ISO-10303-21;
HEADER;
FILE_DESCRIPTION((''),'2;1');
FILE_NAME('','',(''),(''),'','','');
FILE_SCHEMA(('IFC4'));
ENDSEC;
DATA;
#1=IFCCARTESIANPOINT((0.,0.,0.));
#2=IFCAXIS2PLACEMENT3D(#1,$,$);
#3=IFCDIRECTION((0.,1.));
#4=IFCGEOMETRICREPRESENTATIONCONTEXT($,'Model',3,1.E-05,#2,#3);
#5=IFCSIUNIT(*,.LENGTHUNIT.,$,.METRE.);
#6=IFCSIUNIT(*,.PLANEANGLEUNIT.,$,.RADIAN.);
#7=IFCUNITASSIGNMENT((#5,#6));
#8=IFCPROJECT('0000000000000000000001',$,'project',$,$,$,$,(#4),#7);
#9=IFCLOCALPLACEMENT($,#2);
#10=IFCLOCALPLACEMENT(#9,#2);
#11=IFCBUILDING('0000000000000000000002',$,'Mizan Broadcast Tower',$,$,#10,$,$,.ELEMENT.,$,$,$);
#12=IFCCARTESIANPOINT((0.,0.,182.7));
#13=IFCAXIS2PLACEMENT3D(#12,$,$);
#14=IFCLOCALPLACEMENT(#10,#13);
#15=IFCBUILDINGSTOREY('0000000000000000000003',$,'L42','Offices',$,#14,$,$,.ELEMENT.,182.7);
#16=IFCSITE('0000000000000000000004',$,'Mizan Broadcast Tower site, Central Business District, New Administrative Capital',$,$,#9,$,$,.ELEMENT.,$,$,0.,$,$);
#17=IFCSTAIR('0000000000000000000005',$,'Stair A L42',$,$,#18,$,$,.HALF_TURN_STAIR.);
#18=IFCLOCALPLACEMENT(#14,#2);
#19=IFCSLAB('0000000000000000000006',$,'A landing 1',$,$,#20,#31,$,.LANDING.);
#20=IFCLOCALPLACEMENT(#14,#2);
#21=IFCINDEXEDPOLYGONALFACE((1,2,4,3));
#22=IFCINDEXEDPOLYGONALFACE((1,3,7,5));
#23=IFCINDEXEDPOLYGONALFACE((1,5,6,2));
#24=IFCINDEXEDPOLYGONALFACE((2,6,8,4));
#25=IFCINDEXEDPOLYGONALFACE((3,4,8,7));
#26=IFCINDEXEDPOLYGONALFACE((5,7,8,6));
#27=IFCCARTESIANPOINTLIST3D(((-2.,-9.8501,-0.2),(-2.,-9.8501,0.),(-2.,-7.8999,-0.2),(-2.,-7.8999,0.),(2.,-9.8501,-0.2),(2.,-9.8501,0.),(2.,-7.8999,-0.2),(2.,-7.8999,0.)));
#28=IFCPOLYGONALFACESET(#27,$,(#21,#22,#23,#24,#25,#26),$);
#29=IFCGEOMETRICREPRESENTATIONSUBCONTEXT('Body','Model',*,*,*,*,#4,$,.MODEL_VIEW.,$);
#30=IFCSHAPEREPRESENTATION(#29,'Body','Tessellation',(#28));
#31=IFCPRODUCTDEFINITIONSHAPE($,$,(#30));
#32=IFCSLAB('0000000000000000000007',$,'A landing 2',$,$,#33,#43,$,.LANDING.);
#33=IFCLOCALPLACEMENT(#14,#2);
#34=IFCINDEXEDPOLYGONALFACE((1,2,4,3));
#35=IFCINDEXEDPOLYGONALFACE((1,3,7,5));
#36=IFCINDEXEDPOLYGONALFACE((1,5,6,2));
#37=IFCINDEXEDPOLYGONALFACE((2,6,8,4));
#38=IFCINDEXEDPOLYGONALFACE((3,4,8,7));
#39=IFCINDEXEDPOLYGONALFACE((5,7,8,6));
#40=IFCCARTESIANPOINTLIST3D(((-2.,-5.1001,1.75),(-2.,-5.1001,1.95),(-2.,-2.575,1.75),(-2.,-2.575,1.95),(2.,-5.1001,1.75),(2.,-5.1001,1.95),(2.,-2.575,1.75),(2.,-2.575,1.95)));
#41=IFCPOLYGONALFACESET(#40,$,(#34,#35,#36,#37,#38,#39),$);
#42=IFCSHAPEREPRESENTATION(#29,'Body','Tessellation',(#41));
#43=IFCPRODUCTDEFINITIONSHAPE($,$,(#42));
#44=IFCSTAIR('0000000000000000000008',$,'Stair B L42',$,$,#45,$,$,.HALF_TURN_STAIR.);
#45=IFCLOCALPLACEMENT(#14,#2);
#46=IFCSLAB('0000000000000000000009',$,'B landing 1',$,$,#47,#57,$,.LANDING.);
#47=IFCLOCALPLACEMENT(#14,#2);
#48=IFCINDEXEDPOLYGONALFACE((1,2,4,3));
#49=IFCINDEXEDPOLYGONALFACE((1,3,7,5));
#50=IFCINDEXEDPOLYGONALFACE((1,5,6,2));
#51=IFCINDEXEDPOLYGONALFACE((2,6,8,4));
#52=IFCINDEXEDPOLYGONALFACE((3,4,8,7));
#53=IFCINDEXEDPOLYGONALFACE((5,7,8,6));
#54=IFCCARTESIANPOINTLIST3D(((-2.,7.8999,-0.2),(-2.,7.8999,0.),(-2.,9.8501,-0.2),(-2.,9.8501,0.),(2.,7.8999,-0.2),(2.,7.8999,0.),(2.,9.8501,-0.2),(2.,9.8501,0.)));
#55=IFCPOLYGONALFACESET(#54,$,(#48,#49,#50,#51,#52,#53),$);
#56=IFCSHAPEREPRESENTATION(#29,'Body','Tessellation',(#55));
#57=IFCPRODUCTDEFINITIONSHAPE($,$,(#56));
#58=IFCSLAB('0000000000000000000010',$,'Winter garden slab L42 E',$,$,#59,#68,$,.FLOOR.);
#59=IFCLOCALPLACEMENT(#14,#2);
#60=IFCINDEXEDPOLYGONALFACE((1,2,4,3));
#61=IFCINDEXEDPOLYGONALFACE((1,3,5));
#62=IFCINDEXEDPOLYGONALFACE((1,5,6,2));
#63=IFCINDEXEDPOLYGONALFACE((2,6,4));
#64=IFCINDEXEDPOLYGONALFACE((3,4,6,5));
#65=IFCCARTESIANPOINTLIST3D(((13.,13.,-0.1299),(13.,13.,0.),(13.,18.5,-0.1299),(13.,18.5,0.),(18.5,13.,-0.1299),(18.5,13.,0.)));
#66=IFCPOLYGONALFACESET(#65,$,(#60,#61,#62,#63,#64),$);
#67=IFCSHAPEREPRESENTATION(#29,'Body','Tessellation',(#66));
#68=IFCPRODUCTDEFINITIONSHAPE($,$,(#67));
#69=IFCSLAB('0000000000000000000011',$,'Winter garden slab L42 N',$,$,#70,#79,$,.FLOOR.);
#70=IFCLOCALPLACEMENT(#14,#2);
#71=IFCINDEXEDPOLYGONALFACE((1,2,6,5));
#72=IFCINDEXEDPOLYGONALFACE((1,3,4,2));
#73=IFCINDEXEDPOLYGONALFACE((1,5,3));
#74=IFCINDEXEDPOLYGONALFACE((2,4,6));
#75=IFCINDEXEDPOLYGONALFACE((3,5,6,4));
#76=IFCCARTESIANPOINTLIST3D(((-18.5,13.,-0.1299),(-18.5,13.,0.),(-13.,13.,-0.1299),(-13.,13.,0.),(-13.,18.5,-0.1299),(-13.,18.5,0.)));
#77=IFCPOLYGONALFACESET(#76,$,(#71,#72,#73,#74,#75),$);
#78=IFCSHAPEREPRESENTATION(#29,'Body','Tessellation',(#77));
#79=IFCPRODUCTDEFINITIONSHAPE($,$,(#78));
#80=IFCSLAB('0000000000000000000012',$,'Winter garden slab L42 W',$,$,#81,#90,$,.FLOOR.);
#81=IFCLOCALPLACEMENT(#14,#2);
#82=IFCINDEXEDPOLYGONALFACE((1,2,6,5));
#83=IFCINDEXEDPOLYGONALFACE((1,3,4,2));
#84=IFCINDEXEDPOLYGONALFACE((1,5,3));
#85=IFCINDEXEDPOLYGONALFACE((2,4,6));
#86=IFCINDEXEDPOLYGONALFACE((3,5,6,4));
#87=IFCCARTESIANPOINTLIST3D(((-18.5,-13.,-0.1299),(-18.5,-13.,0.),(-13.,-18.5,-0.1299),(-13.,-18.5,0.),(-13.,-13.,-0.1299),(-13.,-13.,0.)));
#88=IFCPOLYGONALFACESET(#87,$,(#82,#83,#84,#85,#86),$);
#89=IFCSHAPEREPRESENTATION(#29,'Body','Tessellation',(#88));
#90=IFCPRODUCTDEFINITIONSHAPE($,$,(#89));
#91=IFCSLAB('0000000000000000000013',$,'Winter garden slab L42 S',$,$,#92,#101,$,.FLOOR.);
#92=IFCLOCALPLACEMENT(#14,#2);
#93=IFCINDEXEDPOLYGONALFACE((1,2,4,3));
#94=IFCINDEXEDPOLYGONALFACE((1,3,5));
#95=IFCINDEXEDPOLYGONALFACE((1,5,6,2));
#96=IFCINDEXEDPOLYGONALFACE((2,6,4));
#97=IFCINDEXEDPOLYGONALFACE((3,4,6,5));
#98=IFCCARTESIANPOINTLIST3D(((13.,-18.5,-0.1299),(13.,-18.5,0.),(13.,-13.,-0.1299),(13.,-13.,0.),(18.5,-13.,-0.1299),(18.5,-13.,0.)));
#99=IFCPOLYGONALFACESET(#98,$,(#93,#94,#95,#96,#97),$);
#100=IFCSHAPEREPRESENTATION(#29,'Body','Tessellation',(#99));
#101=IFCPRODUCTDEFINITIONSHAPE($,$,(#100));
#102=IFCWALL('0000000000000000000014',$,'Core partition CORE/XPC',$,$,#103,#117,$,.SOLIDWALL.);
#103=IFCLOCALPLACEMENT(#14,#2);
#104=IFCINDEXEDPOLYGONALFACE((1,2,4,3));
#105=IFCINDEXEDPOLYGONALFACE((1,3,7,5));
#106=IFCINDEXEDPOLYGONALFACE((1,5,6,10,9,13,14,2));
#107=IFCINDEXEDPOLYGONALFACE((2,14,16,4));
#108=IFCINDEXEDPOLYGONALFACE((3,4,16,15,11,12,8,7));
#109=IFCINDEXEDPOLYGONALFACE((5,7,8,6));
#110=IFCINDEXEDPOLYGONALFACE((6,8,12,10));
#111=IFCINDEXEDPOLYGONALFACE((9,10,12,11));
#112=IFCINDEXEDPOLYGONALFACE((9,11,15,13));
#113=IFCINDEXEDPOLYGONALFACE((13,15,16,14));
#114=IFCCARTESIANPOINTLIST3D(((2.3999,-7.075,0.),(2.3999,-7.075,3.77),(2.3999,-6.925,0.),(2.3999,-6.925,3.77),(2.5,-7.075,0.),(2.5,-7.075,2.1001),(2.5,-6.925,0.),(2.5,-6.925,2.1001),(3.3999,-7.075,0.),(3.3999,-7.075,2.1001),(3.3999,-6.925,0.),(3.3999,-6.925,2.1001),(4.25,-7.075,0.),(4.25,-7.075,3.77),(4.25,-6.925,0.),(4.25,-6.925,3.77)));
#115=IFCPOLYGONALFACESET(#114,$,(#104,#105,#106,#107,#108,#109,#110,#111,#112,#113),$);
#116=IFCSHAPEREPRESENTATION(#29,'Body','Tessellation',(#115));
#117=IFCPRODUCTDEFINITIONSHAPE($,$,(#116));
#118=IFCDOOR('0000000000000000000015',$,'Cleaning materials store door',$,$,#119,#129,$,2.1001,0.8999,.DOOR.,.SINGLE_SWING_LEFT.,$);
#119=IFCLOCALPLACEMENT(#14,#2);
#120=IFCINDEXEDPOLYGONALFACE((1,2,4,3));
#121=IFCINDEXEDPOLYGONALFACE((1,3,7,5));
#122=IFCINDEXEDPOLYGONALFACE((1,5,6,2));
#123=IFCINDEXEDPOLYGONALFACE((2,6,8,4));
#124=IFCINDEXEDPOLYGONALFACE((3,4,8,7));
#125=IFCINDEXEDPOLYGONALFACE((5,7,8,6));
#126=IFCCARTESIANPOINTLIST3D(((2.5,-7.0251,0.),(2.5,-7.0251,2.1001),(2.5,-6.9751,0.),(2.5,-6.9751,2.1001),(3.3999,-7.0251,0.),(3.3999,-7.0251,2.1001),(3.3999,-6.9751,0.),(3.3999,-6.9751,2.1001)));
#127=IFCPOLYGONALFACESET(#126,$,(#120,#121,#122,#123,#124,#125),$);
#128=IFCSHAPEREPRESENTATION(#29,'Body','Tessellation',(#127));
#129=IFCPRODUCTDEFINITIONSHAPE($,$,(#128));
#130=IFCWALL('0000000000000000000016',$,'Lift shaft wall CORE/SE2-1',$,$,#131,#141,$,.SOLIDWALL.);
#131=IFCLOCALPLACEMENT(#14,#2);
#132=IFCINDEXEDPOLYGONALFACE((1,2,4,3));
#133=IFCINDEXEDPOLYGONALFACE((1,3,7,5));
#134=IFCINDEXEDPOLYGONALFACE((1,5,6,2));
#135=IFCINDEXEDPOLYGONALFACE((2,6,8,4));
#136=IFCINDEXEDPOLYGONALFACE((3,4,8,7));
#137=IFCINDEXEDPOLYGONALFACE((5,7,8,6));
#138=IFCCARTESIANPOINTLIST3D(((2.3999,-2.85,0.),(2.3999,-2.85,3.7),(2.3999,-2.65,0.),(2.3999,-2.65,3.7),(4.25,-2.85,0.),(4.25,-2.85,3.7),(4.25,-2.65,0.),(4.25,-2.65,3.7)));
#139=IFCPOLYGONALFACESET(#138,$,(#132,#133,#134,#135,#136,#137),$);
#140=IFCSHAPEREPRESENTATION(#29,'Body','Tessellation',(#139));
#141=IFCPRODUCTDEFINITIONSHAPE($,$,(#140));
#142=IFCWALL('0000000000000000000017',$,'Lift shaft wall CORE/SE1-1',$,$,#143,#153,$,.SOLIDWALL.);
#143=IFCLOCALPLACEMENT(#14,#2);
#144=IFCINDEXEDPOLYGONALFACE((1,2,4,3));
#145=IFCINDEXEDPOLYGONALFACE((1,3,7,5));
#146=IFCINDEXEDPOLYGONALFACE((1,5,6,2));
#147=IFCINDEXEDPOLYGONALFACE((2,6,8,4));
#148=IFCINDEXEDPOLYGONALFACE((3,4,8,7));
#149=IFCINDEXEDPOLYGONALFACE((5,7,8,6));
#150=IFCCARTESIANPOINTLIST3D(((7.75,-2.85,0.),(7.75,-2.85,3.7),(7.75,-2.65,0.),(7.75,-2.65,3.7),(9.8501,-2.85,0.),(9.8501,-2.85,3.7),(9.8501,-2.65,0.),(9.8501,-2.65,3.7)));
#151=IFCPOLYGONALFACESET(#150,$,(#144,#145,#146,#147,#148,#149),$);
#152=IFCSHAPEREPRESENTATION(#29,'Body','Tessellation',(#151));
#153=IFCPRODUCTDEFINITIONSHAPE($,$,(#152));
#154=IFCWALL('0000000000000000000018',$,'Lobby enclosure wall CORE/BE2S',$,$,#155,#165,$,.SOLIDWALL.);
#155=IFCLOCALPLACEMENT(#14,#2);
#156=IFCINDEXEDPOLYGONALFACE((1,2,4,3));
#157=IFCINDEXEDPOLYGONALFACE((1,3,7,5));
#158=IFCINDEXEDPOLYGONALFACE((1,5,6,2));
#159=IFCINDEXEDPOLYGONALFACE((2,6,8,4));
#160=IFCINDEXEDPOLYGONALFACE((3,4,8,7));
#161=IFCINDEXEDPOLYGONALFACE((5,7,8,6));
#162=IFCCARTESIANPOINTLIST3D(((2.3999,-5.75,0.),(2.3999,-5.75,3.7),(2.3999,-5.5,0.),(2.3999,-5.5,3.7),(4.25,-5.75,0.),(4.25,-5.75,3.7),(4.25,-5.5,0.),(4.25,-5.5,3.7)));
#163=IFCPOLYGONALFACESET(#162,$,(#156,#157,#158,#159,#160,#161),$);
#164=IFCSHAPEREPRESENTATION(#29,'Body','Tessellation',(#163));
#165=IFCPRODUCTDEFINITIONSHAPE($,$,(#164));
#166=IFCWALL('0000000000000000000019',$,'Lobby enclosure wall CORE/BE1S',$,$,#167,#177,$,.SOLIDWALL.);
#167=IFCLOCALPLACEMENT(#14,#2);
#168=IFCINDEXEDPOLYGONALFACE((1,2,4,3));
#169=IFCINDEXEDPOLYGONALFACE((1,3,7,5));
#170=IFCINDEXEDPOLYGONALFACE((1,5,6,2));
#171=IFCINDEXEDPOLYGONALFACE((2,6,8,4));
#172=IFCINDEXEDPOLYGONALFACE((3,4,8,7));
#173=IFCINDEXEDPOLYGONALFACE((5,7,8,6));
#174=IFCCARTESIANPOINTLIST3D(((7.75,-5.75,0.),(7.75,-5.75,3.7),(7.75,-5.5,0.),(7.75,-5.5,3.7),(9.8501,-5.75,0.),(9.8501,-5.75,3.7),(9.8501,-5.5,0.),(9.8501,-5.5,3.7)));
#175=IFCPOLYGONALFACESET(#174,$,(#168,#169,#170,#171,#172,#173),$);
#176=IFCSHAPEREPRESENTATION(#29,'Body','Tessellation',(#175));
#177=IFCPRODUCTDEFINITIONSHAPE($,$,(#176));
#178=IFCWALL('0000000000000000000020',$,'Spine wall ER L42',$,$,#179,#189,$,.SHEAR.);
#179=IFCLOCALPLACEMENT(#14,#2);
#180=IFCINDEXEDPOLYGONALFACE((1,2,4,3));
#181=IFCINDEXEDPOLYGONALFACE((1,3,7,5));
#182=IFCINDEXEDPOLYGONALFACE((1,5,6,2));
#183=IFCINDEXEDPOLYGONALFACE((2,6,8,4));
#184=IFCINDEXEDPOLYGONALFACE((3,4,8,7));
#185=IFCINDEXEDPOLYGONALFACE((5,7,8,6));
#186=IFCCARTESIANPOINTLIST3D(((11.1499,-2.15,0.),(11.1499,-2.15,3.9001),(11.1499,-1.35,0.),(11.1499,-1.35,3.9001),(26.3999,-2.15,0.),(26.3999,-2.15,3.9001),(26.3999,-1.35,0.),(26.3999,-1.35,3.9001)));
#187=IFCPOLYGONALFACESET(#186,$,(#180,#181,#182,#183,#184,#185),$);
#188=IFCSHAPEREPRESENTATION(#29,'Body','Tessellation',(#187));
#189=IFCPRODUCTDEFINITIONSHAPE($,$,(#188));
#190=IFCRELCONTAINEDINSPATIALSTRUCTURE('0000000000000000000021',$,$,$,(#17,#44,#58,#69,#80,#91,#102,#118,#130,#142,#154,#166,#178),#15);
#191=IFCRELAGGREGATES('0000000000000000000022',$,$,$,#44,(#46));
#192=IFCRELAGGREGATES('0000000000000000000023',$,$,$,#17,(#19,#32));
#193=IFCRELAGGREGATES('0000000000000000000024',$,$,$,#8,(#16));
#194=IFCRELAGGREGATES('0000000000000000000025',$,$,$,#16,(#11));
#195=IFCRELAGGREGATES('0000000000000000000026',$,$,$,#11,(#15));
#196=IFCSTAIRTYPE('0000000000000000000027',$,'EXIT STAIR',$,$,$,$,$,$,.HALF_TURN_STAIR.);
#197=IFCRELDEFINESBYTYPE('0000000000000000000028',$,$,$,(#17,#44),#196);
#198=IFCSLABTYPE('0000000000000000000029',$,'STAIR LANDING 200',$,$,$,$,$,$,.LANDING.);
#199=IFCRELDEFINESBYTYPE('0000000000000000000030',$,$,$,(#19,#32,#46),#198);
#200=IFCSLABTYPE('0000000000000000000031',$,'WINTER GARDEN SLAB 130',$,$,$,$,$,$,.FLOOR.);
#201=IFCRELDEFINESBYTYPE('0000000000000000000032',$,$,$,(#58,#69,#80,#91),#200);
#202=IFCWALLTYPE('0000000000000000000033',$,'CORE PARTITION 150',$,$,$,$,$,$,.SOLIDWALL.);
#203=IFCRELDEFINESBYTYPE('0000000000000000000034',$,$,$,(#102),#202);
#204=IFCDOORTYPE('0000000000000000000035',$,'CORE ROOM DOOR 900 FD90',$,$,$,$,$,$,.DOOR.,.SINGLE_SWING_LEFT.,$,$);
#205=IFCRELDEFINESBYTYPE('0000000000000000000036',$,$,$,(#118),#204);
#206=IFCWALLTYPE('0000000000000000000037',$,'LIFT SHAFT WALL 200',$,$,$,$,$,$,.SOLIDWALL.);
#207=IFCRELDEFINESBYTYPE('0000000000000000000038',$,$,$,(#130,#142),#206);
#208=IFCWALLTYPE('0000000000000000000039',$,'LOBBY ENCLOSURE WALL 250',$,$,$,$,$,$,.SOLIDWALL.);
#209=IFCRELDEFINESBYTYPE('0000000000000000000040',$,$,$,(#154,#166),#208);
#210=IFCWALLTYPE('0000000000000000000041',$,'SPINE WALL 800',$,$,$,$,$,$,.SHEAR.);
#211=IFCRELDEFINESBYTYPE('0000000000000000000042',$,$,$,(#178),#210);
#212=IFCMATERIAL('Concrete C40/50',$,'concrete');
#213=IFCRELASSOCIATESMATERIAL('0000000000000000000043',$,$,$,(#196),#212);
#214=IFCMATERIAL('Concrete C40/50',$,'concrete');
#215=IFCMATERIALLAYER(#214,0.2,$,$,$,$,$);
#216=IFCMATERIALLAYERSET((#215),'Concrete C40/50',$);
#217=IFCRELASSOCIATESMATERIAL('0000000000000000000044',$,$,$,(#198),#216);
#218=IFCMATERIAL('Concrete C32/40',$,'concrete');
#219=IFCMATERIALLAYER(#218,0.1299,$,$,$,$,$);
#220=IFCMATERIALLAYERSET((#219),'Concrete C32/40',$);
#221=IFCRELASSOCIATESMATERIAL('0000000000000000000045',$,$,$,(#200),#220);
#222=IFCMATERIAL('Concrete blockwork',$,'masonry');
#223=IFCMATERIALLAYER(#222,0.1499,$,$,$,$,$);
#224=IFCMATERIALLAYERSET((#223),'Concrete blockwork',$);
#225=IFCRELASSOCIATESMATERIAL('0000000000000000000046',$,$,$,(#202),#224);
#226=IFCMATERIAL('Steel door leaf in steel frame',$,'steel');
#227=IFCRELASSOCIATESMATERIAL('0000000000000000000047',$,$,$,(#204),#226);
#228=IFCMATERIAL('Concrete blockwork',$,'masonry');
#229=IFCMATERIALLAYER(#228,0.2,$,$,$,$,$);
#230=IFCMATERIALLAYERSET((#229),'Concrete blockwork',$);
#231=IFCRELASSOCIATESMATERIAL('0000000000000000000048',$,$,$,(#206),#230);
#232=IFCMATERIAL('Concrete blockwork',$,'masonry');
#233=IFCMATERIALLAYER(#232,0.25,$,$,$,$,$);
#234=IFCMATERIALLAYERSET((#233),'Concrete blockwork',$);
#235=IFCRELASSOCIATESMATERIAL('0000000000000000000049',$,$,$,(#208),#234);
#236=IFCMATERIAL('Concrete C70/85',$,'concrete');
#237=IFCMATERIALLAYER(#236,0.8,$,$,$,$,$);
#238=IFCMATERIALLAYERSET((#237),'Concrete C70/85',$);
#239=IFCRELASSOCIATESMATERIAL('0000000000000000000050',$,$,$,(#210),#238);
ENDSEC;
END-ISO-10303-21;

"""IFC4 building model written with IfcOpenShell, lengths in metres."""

from ifc_helpers import new_model, si_unit, direction, frame, frame_2d, origin, place, context, subcontext, project, spatial, polyline, rectangle, outline, extrude, material, layer, layer_set, type_object, element, fill, aggregate, save


model = new_model("IFC4")

# Units and contexts
model_context = context("Model", 3, precision=1e-05, world=origin(), true_north=direction((0.0, 1.0)))
body_context = subcontext(model_context, "Body", "Model", "MODEL_VIEW")
ifc_project = project(units=[si_unit("LENGTHUNIT", "METRE"), si_unit("PLANEANGLEUNIT", "RADIAN")], contexts=[model_context])

# Site, building, storey
site_placement = place(None, origin())
site = spatial("IfcSite", under=ifc_project, at=site_placement, Name="Mizan Broadcast Tower site, Central Business District, New Administrative Capital", CompositionType="ELEMENT", RefElevation=0.0)
building_placement = place(site_placement, origin())
building = spatial("IfcBuilding", under=site, at=building_placement, Name="Mizan Broadcast Tower", CompositionType="ELEMENT")
storey_placement = place(building_placement, frame((0.0, 0.0, 182.7)))
storey = spatial("IfcBuildingStorey", under=building, at=storey_placement, Name="L42", Description="Offices", CompositionType="ELEMENT", Elevation=182.7)

# Stair, slabs
ifc_material_1 = material(Name="Concrete C40/50", Category="concrete")
stair_type = type_object("IfcStairType", Name="EXIT STAIR", PredefinedType="HALF_TURN_STAIR", material=ifc_material_1)
stair_1_placement = place(storey_placement, origin())
stair_1 = element("IfcStair", 1, at=stair_1_placement, inside=storey, type_object=stair_type, Name="Stair A L42", PredefinedType="HALF_TURN_STAIR")
ifc_material_2 = material(Name="Concrete C40/50", Category="concrete")
ifc_layer_1 = layer(ifc_material_2, 0.2)
ifc_layer_set_1 = layer_set([ifc_layer_1], Name="Concrete C40/50")
slab_type_1 = type_object("IfcSlabType", Name="STAIR LANDING 200", PredefinedType="LANDING", material=ifc_layer_set_1)
slab_1_placement = place(storey_placement, frame((0.0, 0.0, -0.2)))
slab_1 = element("IfcSlab", 2, at=slab_1_placement, type_object=slab_type_1, Name="A landing 1", PredefinedType="LANDING", context=body_context, shape_type="SweptSolid", body=[
    extrude(outline(polyline([(-2.0, -9.8501), (-2.0, -7.8999), (2.0, -7.8999), (2.0, -9.8501), (-2.0, -9.8501)])), origin(), (0.0, 0.0, 1.0), 0.2),
])
slab_2_placement = place(storey_placement, frame((0.0, 0.0, 1.75)))
slab_2 = element("IfcSlab", 3, at=slab_2_placement, type_object=slab_type_1, Name="A landing 2", PredefinedType="LANDING", context=body_context, shape_type="SweptSolid", body=[
    extrude(outline(polyline([(-2.0, -5.1001), (-2.0, -2.575), (2.0, -2.575), (2.0, -5.1001), (-2.0, -5.1001)])), origin(), (0.0, 0.0, 1.0), 0.2),
])

# Stair, slab
stair_2_placement = place(storey_placement, origin())
stair_2 = element("IfcStair", 4, at=stair_2_placement, inside=storey, type_object=stair_type, Name="Stair B L42", PredefinedType="HALF_TURN_STAIR")
slab_3_placement = place(storey_placement, frame((0.0, 0.0, -0.2)))
slab_3 = element("IfcSlab", 5, at=slab_3_placement, type_object=slab_type_1, Name="B landing 1", PredefinedType="LANDING", context=body_context, shape_type="SweptSolid", body=[
    extrude(outline(polyline([(2.0, 9.8501), (2.0, 7.8999), (-2.0, 7.8999), (-2.0, 9.8501), (2.0, 9.8501)])), origin(), (0.0, 0.0, 1.0), 0.2),
])
aggregate(stair_2, [slab_3])

# Slabs
ifc_material_3 = material(Name="Concrete C32/40", Category="concrete")
ifc_layer_2 = layer(ifc_material_3, 0.1299)
ifc_layer_set_2 = layer_set([ifc_layer_2], Name="Concrete C32/40")
slab_type_2 = type_object("IfcSlabType", Name="WINTER GARDEN SLAB 130", PredefinedType="FLOOR", material=ifc_layer_set_2)
slab_4_placement = place(storey_placement, frame((0.0, 0.0, -0.1299)))
element("IfcSlab", 6, at=slab_4_placement, inside=storey, type_object=slab_type_2, Name="Winter garden slab L42 E", PredefinedType="FLOOR", context=body_context, shape_type="SweptSolid", body=[
    extrude(outline(polyline([(13.0, 13.0), (18.5, 13.0), (13.0, 18.5), (13.0, 13.0)])), origin(), (0.0, 0.0, 1.0), 0.1299),
])
slab_5_placement = place(storey_placement, frame((0.0, 0.0, -0.1299)))
element("IfcSlab", 7, at=slab_5_placement, inside=storey, type_object=slab_type_2, Name="Winter garden slab L42 N", PredefinedType="FLOOR", context=body_context, shape_type="SweptSolid", body=[
    extrude(outline(polyline([(-13.0, 13.0), (-13.0, 18.5), (-18.5, 13.0), (-13.0, 13.0)])), origin(), (0.0, 0.0, 1.0), 0.1299),
])
slab_6_placement = place(storey_placement, frame((0.0, 0.0, -0.1299)))
element("IfcSlab", 8, at=slab_6_placement, inside=storey, type_object=slab_type_2, Name="Winter garden slab L42 W", PredefinedType="FLOOR", context=body_context, shape_type="SweptSolid", body=[
    extrude(outline(polyline([(-13.0, -13.0), (-18.5, -13.0), (-13.0, -18.5), (-13.0, -13.0)])), origin(), (0.0, 0.0, 1.0), 0.1299),
])
slab_7_placement = place(storey_placement, frame((0.0, 0.0, -0.1299)))
element("IfcSlab", 9, at=slab_7_placement, inside=storey, type_object=slab_type_2, Name="Winter garden slab L42 S", PredefinedType="FLOOR", context=body_context, shape_type="SweptSolid", body=[
    extrude(outline(polyline([(13.0, -13.0), (13.0, -18.5), (18.5, -13.0), (13.0, -13.0)])), origin(), (0.0, 0.0, 1.0), 0.1299),
])

# Wall, opening, door
ifc_material_4 = material(Name="Concrete blockwork", Category="masonry")
ifc_layer_3 = layer(ifc_material_4, 0.1499)
ifc_layer_set_3 = layer_set([ifc_layer_3], Name="Concrete blockwork")
wall_type_1 = type_object("IfcWallType", Name="CORE PARTITION 150", PredefinedType="SOLIDWALL", material=ifc_layer_set_3)
wall_1_placement = place(storey_placement, frame((2.3999, -7.0, 0.0), z_axis=(0.0, 0.0, 1.0), x_axis=(1.0, 0.0, 0.0)))
wall_1 = element("IfcWall", 10, at=wall_1_placement, inside=storey, type_object=wall_type_1, Name="Core partition CORE/XPC", PredefinedType="SOLIDWALL", context=body_context, shape_type="SweptSolid", body=[
    extrude(rectangle(XDim=1.8501, YDim=0.1499, at=frame_2d((0.925, 0.0))), origin(), (0.0, 0.0, 1.0), 3.77),
])
opening_placement = place(wall_1_placement, frame((0.1001, 0.0, 0.0)))
opening = element("IfcOpeningElement", 11, at=opening_placement, cuts=wall_1, PredefinedType="OPENING", context=body_context, shape_type="SweptSolid", body=[
    extrude(rectangle(XDim=0.8999, YDim=2.1001, at=frame_2d((0.45, 1.05))), frame((0.0, 0.085, 0.0), z_axis=(0.0, -1.0, 0.0), x_axis=(1.0, 0.0, 0.0)), (0.0, 0.0, 1.0), 0.1699),
])
ifc_material_5 = material(Name="Steel door leaf in steel frame", Category="steel")
door_type = type_object("IfcDoorType", Name="CORE ROOM DOOR 900 FD90", OperationType="SINGLE_SWING_LEFT", PredefinedType="DOOR", material=ifc_material_5)
door_placement = place(opening_placement, origin())
door = element("IfcDoor", 12, at=door_placement, inside=storey, type_object=door_type, Name="Cleaning materials store door", OperationType="SINGLE_SWING_LEFT", OverallHeight=2.1001, OverallWidth=0.8999, PredefinedType="DOOR", context=body_context, shape_type="SweptSolid", body=[
    extrude(rectangle(XDim=0.8999, YDim=2.1001, at=frame_2d((0.45, 1.05))), frame((0.0, 0.0249, 0.0), z_axis=(0.0, -1.0, 0.0), x_axis=(1.0, 0.0, 0.0)), (0.0, 0.0, 1.0), 0.05),
])
fill(opening, door)

# Walls
ifc_material_6 = material(Name="Concrete blockwork", Category="masonry")
ifc_layer_4 = layer(ifc_material_6, 0.2)
ifc_layer_set_4 = layer_set([ifc_layer_4], Name="Concrete blockwork")
wall_type_2 = type_object("IfcWallType", Name="LIFT SHAFT WALL 200", PredefinedType="SOLIDWALL", material=ifc_layer_set_4)
wall_2_placement = place(storey_placement, frame((2.3999, -2.75, 0.0), z_axis=(0.0, 0.0, 1.0), x_axis=(1.0, 0.0, 0.0)))
element("IfcWall", 13, at=wall_2_placement, inside=storey, type_object=wall_type_2, Name="Lift shaft wall CORE/SE2-1", PredefinedType="SOLIDWALL", context=body_context, shape_type="SweptSolid", body=[
    extrude(rectangle(XDim=1.8501, YDim=0.2, at=frame_2d((0.925, 0.0))), origin(), (0.0, 0.0, 1.0), 3.7),
])
wall_3_placement = place(storey_placement, frame((7.75, -2.75, 0.0), z_axis=(0.0, 0.0, 1.0), x_axis=(1.0, 0.0, 0.0)))
element("IfcWall", 14, at=wall_3_placement, inside=storey, type_object=wall_type_2, Name="Lift shaft wall CORE/SE1-1", PredefinedType="SOLIDWALL", context=body_context, shape_type="SweptSolid", body=[
    extrude(rectangle(XDim=2.1001, YDim=0.2, at=frame_2d((1.05, 0.0))), origin(), (0.0, 0.0, 1.0), 3.7),
])
ifc_material_7 = material(Name="Concrete blockwork", Category="masonry")
ifc_layer_5 = layer(ifc_material_7, 0.25)
ifc_layer_set_5 = layer_set([ifc_layer_5], Name="Concrete blockwork")
wall_type_3 = type_object("IfcWallType", Name="LOBBY ENCLOSURE WALL 250", PredefinedType="SOLIDWALL", material=ifc_layer_set_5)
wall_4_placement = place(storey_placement, frame((2.3999, -5.625, 0.0), z_axis=(0.0, 0.0, 1.0), x_axis=(1.0, 0.0, 0.0)))
element("IfcWall", 15, at=wall_4_placement, inside=storey, type_object=wall_type_3, Name="Lobby enclosure wall CORE/BE2S", PredefinedType="SOLIDWALL", context=body_context, shape_type="SweptSolid", body=[
    extrude(rectangle(XDim=1.8501, YDim=0.25, at=frame_2d((0.925, 0.0))), origin(), (0.0, 0.0, 1.0), 3.7),
])
wall_5_placement = place(storey_placement, frame((7.75, -5.625, 0.0), z_axis=(0.0, 0.0, 1.0), x_axis=(1.0, 0.0, 0.0)))
element("IfcWall", 16, at=wall_5_placement, inside=storey, type_object=wall_type_3, Name="Lobby enclosure wall CORE/BE1S", PredefinedType="SOLIDWALL", context=body_context, shape_type="SweptSolid", body=[
    extrude(rectangle(XDim=2.1001, YDim=0.25, at=frame_2d((1.05, 0.0))), origin(), (0.0, 0.0, 1.0), 3.7),
])
ifc_material_8 = material(Name="Concrete C70/85", Category="concrete")
ifc_layer_6 = layer(ifc_material_8, 0.8)
ifc_layer_set_6 = layer_set([ifc_layer_6], Name="Concrete C70/85")
wall_type_4 = type_object("IfcWallType", Name="SPINE WALL 800", PredefinedType="SHEAR", material=ifc_layer_set_6)
wall_6_placement = place(storey_placement, frame((11.1499, -1.75, 0.0), z_axis=(0.0, 0.0, 1.0), x_axis=(1.0, 0.0, 0.0)))
element("IfcWall", 17, at=wall_6_placement, inside=storey, type_object=wall_type_4, Name="Spine wall ER L42", PredefinedType="SHEAR", context=body_context, shape_type="SweptSolid", body=[
    extrude(rectangle(XDim=15.25, YDim=0.8, at=frame_2d((7.625, 0.0))), origin(), (0.0, 0.0, 1.0), 3.9001),
])

aggregate(stair_1, [slab_1, slab_2])

save(model, "model.ifc")
